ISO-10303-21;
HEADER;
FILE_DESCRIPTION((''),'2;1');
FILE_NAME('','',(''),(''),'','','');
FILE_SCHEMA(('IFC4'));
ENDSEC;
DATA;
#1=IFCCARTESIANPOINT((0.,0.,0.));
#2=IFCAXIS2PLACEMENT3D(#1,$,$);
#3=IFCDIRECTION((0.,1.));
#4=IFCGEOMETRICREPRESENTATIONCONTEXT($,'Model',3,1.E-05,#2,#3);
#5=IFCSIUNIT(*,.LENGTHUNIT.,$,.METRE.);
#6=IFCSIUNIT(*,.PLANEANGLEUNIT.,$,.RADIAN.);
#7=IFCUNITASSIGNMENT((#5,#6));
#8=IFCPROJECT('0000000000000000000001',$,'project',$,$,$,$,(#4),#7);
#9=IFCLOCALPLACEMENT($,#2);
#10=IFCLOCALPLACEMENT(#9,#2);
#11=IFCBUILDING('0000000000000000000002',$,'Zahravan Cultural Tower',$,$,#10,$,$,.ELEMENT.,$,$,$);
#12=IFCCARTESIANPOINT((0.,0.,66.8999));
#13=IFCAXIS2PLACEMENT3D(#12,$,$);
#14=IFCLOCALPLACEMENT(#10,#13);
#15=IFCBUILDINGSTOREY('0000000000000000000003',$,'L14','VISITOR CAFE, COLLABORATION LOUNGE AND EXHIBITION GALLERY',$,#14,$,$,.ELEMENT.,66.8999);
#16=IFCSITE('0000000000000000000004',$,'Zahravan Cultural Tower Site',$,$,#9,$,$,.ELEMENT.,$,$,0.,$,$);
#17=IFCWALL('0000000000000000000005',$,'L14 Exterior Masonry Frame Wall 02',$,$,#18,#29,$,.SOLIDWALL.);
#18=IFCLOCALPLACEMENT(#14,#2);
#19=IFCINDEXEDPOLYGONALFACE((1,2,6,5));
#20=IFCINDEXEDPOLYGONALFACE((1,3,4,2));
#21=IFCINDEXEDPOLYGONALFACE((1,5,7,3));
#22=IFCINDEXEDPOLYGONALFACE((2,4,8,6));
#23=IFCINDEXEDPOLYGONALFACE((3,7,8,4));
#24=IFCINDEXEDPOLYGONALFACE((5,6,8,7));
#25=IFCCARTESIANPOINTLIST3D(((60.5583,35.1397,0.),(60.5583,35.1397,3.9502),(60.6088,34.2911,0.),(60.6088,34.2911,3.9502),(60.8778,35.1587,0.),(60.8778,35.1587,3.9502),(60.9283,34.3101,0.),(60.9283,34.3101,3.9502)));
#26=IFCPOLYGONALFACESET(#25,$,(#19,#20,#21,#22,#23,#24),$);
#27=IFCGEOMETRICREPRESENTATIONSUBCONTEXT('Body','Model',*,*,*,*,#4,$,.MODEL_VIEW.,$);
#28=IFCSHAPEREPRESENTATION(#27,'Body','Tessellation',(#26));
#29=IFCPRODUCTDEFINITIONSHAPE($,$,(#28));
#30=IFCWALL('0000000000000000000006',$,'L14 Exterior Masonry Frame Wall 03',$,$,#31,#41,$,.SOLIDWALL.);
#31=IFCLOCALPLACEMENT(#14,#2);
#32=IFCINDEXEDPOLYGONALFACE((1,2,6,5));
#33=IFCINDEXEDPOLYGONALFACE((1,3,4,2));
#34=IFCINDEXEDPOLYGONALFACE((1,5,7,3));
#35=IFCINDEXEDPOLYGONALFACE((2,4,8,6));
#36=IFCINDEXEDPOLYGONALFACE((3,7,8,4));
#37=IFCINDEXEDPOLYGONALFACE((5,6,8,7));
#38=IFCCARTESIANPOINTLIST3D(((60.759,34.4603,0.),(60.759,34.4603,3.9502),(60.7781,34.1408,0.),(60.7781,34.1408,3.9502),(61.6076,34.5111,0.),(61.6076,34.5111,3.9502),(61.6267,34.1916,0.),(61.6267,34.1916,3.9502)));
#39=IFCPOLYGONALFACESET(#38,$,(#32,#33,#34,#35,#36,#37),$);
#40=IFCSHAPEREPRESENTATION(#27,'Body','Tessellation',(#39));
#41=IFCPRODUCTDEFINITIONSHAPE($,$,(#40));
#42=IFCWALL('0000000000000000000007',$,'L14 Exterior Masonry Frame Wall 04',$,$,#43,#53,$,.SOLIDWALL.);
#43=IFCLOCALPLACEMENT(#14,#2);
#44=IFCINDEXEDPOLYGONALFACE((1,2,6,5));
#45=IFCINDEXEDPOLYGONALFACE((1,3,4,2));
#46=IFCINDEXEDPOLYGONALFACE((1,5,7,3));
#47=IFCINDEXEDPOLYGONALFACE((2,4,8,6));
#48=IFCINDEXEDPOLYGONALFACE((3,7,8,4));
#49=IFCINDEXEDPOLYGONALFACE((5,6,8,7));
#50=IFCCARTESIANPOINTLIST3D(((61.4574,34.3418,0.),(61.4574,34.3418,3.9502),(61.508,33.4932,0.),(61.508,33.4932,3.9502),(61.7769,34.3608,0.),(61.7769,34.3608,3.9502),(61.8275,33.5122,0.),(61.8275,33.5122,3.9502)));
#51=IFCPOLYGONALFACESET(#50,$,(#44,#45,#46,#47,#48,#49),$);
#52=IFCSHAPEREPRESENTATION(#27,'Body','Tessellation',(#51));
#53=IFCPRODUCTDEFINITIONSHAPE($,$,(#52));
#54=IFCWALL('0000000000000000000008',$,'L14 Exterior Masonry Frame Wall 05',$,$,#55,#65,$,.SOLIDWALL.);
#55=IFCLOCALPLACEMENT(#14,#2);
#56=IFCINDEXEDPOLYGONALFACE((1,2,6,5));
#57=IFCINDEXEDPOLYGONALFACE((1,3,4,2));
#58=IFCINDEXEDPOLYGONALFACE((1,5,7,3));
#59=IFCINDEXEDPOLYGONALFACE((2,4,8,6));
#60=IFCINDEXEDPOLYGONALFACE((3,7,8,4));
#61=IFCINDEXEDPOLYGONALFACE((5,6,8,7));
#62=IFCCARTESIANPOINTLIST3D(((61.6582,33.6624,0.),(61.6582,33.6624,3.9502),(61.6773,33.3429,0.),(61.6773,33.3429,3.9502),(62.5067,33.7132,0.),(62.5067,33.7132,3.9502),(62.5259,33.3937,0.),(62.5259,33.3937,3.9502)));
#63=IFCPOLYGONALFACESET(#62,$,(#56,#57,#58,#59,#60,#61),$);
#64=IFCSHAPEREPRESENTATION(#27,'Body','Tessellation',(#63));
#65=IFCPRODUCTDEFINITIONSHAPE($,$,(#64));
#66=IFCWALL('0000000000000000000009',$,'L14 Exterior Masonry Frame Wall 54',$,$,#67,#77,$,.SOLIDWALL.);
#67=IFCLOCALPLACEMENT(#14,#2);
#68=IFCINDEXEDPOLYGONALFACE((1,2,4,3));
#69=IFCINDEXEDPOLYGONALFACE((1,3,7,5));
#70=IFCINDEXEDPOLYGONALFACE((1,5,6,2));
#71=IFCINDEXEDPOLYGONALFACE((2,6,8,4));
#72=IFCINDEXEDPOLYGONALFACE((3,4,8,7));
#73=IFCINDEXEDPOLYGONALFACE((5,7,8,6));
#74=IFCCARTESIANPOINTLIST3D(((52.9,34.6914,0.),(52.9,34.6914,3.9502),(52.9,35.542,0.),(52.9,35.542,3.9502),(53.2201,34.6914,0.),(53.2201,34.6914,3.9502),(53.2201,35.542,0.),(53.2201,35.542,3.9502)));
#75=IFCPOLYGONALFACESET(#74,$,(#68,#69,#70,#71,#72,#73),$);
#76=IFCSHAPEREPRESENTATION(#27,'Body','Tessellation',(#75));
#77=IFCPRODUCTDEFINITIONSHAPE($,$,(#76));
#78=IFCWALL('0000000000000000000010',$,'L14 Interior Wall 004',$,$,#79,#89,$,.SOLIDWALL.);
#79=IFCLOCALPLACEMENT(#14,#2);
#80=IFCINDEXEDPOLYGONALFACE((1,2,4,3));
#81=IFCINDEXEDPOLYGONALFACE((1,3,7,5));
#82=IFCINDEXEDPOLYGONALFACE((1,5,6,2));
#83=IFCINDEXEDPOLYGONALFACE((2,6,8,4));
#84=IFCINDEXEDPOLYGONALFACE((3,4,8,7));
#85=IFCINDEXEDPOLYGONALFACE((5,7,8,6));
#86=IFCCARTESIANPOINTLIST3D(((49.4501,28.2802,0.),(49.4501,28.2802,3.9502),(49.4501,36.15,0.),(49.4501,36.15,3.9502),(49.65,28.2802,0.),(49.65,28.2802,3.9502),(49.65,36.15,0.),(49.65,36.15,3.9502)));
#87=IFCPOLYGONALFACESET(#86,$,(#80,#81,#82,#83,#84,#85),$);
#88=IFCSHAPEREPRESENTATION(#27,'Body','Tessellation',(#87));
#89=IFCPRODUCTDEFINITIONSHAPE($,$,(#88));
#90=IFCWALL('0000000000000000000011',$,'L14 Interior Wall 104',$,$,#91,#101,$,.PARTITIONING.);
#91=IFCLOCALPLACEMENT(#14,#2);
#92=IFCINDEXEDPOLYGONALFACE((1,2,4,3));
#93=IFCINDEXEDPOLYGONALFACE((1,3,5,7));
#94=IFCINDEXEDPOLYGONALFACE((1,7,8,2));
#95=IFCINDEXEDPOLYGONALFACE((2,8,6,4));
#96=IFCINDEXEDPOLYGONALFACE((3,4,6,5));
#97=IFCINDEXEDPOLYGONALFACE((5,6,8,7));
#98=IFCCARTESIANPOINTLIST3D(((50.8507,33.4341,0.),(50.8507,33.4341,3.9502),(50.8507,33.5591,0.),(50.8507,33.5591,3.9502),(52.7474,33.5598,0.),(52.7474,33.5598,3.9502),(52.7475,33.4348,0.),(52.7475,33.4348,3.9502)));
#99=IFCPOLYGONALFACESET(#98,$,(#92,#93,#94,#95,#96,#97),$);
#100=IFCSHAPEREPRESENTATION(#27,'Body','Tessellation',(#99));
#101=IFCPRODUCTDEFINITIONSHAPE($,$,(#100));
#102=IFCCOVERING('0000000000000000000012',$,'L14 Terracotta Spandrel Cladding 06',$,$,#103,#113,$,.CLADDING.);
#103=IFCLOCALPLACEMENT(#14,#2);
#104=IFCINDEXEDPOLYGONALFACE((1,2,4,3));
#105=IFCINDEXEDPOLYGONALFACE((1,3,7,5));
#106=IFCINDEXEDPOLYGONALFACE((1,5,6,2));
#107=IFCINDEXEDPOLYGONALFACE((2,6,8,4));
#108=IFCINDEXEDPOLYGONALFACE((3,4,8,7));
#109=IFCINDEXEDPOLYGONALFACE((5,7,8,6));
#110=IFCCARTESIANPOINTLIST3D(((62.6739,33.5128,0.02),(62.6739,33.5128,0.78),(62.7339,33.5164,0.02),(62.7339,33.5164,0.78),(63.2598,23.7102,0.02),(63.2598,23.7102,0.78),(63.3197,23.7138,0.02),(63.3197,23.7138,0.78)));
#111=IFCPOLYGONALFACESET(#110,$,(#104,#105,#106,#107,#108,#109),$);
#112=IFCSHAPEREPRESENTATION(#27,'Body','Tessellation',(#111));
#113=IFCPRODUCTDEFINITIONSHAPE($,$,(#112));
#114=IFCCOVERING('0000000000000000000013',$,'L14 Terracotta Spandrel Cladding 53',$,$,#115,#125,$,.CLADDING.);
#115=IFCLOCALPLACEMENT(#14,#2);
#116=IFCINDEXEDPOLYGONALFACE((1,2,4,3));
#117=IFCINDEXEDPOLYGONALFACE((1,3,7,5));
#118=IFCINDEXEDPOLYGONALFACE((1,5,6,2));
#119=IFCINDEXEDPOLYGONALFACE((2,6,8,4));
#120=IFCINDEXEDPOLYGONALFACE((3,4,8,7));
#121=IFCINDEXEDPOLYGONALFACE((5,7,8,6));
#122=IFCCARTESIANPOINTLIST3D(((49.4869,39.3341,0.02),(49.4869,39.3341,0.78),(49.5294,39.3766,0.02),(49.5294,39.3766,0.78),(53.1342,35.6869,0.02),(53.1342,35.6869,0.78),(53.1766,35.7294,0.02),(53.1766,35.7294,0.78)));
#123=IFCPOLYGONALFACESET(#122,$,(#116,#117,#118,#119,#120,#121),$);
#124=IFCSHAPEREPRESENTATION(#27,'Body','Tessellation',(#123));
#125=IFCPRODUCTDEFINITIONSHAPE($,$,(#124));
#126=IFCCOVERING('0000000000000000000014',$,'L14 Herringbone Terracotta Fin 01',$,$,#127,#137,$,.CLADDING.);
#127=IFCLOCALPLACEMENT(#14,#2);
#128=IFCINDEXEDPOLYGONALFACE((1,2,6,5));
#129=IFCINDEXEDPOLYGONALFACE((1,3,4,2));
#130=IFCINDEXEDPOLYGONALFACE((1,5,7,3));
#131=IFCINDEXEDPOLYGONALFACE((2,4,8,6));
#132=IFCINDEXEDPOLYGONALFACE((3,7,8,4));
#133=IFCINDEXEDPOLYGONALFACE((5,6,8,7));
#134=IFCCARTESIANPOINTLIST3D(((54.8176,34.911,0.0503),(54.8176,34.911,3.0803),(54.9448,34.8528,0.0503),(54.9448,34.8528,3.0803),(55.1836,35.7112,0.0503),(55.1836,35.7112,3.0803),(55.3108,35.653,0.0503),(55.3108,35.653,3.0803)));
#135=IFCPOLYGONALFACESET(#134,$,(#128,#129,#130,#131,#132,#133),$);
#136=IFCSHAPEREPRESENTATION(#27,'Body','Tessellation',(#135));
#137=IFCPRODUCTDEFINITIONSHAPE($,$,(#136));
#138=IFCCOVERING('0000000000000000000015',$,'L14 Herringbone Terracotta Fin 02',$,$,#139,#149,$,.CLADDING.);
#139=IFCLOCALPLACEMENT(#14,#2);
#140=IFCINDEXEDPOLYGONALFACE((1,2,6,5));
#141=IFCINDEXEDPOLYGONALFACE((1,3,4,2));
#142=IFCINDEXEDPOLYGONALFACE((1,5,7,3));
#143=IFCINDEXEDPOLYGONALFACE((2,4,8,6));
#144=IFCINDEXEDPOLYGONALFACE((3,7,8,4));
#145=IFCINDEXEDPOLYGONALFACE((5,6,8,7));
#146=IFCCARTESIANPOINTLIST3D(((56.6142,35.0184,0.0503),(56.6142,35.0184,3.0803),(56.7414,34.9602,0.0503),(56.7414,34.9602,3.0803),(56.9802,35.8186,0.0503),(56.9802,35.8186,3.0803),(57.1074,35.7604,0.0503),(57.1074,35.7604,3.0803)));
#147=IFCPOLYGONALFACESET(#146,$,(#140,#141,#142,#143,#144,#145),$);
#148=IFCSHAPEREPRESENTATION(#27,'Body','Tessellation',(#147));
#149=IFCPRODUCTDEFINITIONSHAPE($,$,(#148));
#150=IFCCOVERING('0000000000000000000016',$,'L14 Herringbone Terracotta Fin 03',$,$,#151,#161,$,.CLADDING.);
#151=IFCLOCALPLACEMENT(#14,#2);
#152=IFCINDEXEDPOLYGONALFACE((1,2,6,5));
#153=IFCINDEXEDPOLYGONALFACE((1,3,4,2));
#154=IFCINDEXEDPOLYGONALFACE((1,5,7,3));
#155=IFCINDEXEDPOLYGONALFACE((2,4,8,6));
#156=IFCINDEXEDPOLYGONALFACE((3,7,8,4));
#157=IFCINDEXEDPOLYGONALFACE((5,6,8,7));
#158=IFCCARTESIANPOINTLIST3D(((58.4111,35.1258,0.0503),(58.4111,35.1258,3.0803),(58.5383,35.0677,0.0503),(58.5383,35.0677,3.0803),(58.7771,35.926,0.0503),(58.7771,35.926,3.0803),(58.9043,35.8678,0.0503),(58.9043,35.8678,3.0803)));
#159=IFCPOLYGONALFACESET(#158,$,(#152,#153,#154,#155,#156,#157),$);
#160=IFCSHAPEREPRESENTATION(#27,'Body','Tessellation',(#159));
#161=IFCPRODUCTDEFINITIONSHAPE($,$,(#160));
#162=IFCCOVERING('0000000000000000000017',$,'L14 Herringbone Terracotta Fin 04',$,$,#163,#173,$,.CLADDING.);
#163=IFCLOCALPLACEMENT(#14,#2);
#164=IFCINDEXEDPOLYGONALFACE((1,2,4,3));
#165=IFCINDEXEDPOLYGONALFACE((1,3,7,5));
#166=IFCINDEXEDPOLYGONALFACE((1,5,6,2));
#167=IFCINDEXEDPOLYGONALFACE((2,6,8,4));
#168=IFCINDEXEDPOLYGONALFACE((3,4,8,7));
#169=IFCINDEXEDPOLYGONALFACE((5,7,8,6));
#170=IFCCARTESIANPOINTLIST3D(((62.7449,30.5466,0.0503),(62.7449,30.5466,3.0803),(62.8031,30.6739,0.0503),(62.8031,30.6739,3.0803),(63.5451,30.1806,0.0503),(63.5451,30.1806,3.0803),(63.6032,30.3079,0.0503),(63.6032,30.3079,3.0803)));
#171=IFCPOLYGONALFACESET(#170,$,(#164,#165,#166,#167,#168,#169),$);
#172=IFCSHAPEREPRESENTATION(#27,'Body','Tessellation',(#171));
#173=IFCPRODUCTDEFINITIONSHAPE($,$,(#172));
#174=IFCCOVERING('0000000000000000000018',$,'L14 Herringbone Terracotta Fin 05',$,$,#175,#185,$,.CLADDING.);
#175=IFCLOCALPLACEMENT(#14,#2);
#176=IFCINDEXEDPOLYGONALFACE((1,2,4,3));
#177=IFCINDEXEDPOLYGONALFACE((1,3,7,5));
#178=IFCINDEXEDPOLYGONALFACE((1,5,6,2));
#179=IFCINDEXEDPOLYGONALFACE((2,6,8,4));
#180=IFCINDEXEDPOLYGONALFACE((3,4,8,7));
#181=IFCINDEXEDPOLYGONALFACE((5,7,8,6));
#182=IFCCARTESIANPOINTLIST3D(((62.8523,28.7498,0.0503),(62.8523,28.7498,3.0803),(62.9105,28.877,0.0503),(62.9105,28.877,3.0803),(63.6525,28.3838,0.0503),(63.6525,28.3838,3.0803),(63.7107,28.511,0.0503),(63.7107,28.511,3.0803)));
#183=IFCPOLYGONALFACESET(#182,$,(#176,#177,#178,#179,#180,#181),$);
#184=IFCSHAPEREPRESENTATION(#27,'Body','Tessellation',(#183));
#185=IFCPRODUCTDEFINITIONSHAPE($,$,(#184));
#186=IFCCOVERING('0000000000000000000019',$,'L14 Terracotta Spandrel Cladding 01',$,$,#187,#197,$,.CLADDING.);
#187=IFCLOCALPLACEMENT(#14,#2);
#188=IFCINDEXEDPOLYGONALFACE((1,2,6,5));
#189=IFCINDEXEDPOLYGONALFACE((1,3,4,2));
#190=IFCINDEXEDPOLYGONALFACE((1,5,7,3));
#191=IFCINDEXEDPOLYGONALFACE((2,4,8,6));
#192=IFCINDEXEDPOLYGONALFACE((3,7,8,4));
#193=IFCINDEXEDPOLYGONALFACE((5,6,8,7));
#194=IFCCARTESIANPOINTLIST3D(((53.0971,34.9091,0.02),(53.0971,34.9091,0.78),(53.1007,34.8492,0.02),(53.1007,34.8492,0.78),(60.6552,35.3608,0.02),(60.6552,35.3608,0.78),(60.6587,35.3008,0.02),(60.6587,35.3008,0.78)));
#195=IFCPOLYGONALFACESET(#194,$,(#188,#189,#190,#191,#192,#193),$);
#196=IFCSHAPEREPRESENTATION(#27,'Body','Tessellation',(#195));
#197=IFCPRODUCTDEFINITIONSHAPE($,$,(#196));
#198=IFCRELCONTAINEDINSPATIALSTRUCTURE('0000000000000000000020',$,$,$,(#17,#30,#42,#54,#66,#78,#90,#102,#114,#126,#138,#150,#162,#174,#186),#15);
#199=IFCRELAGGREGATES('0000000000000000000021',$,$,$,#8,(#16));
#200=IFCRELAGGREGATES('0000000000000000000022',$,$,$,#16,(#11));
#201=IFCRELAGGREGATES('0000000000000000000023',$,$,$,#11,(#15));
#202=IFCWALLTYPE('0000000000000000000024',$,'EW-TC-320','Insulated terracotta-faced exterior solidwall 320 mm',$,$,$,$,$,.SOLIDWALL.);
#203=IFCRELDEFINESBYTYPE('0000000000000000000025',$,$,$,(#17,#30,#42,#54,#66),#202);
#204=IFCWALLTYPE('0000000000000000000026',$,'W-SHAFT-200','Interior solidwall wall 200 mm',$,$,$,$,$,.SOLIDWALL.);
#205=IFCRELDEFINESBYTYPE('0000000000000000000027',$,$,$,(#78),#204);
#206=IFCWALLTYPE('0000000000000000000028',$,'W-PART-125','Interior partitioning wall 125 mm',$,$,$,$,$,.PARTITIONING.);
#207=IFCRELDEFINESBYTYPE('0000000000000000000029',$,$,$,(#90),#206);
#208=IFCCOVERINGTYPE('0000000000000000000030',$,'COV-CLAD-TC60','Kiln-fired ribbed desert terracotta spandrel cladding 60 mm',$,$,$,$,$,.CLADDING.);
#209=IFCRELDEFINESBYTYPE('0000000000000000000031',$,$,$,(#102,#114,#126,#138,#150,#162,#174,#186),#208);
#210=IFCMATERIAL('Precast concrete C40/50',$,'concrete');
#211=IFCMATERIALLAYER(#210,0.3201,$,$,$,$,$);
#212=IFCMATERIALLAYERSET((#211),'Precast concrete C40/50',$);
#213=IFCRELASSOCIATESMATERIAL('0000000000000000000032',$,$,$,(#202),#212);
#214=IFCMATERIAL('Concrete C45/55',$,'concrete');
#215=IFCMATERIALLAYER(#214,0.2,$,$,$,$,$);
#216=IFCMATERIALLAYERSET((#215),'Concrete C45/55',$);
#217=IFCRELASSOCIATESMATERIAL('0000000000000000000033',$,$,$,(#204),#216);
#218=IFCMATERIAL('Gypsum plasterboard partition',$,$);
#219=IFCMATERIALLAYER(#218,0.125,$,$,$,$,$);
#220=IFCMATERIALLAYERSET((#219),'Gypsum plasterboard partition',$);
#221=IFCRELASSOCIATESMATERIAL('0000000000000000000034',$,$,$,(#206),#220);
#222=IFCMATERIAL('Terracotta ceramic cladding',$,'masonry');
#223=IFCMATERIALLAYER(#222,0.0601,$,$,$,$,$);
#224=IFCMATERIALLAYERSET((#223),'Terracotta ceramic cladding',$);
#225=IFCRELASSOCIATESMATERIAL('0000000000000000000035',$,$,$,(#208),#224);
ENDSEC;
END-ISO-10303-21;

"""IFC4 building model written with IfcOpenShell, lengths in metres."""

from ifc_helpers import new_model, si_unit, direction, frame, frame_2d, origin, origin_2d, place, context, subcontext, project, spatial, rectangle, extrude, source, transform, mapped, material, layer, layer_set, type_object, element, save


model = new_model("IFC4")

# Units and contexts
model_context = context("Model", 3, precision=1e-05, world=origin(), true_north=direction((0.0, 1.0)))
body_context = subcontext(model_context, "Body", "Model", "MODEL_VIEW")
ifc_project = project(units=[si_unit("LENGTHUNIT", "METRE"), si_unit("PLANEANGLEUNIT", "RADIAN")], contexts=[model_context])

# Site, building, storey
site_placement = place(None, origin())
site = spatial("IfcSite", under=ifc_project, at=site_placement, Name="Zahravan Cultural Tower Site", CompositionType="ELEMENT", RefElevation=0.0)
building_placement = place(site_placement, origin())
building = spatial("IfcBuilding", under=site, at=building_placement, Name="Zahravan Cultural Tower", CompositionType="ELEMENT")
storey_placement = place(building_placement, frame((0.0, 0.0, 66.8999)))
storey = spatial("IfcBuildingStorey", under=building, at=storey_placement, Name="L14", Description="VISITOR CAFE, COLLABORATION LOUNGE AND EXHIBITION GALLERY", CompositionType="ELEMENT", Elevation=66.8999)

# Shared definitions
ifc_material_1 = material(Name="Precast concrete C40/50", Category="concrete")
ifc_layer_1 = layer(ifc_material_1, 0.3201)
ifc_layer_set_1 = layer_set([ifc_layer_1], Name="Precast concrete C40/50")
wall_type_1 = type_object("IfcWallType", Name="EW-TC-320", Description="Insulated terracotta-faced exterior solidwall 320 mm", PredefinedType="SOLIDWALL", material=ifc_layer_set_1)

# Walls
shared_shape_1 = source(origin(), body_context, "Body", "SweptSolid", [
    extrude(rectangle(XDim=0.8501, YDim=0.3201, at=frame_2d((0.425, 0.0))), origin(), (0.0, 0.0, 1.0), 3.9502),
])
for number, where, z_axis, x_axis, name in (
    (1, (60.718, 35.1492, 0.0), (0.0, 0.0, 1.0), (0.059446, -0.998232, 0.0), "L14 Exterior Masonry Frame Wall 02"),
    (2, (60.7686, 34.3005, 0.0), (0.0, 0.0, 1.0), (0.998214, 0.059732, 0.0), "L14 Exterior Masonry Frame Wall 03"),
    (3, (61.6172, 34.3513, 0.0), (0.0, 0.0, 1.0), (0.059446, -0.998232, 0.0), "L14 Exterior Masonry Frame Wall 04"),
    (4, (61.6677, 33.5027, 0.0), (0.0, 0.0, 1.0), (0.998214, 0.059732, 0.0), "L14 Exterior Masonry Frame Wall 05"),
):
    element("IfcWall", number, at=place(storey_placement, frame(where, z_axis=z_axis, x_axis=x_axis)), inside=storey, type_object=wall_type_1, Name=name, PredefinedType="SOLIDWALL", context=body_context, shape_type="MappedRepresentation", body=[
        mapped(shared_shape_1, transform((0.0, 0.0, 0.0), x_axis=(1.0, 0.0, 0.0), y_axis=(0.0, 1.0, 0.0), z_axis=(0.0, 0.0, 1.0), scale=1.0)),
    ])
shared_shape_2 = source(origin(), body_context, "Body", "SweptSolid", [
    extrude(rectangle(XDim=0.8506, YDim=0.3201, at=frame_2d((0.4253, 0.0))), origin(), (0.0, 0.0, 1.0), 3.9502),
])
wall_1_placement = place(storey_placement, frame((53.0601, 35.542, 0.0), z_axis=(0.0, 0.0, 1.0), x_axis=(0.0, -1.0, 0.0)))
element("IfcWall", 5, at=wall_1_placement, inside=storey, type_object=wall_type_1, Name="L14 Exterior Masonry Frame Wall 54", PredefinedType="SOLIDWALL", context=body_context, shape_type="MappedRepresentation", body=[
    mapped(shared_shape_2, transform((0.0, 0.0, 0.0), x_axis=(1.0, 0.0, 0.0), y_axis=(0.0, 1.0, 0.0), z_axis=(0.0, 0.0, 1.0), scale=1.0)),
])
ifc_material_2 = material(Name="Concrete C45/55", Category="concrete")
ifc_layer_2 = layer(ifc_material_2, 0.2)
ifc_layer_set_2 = layer_set([ifc_layer_2], Name="Concrete C45/55")
wall_type_2 = type_object("IfcWallType", Name="W-SHAFT-200", Description="Interior solidwall wall 200 mm", PredefinedType="SOLIDWALL", material=ifc_layer_set_2)
shared_shape_3 = source(origin(), body_context, "Body", "SweptSolid", [
    extrude(rectangle(XDim=7.8699, YDim=0.2, at=frame_2d((3.9351, 0.0))), origin(), (0.0, 0.0, 1.0), 3.9502),
])
wall_2_placement = place(storey_placement, frame((49.55, 28.28, 0.0), z_axis=(0.0, 0.0, 1.0), x_axis=(0.0, 1.0, 0.0)))
element("IfcWall", 6, at=wall_2_placement, inside=storey, type_object=wall_type_2, Name="L14 Interior Wall 004", PredefinedType="SOLIDWALL", context=body_context, shape_type="MappedRepresentation", body=[
    mapped(shared_shape_3, transform((0.0, 0.0, 0.0), x_axis=(1.0, 0.0, 0.0), y_axis=(0.0, 1.0, 0.0), z_axis=(0.0, 0.0, 1.0), scale=1.0)),
])
ifc_material_3 = material(Name="Gypsum plasterboard partition")
ifc_layer_3 = layer(ifc_material_3, 0.125)
ifc_layer_set_3 = layer_set([ifc_layer_3], Name="Gypsum plasterboard partition")
wall_type_3 = type_object("IfcWallType", Name="W-PART-125", Description="Interior partitioning wall 125 mm", PredefinedType="PARTITIONING", material=ifc_layer_set_3)
shared_shape_4 = source(origin(), body_context, "Body", "SweptSolid", [
    extrude(rectangle(XDim=1.8967, YDim=0.125, at=frame_2d((0.9482, 0.0))), origin(), (0.0, 0.0, 1.0), 3.9502),
])
wall_3_placement = place(storey_placement, frame((52.7473, 33.4973, 0.0), z_axis=(0.0, 0.0, 1.0), x_axis=(-1.0, -0.000386, 0.0)))
element("IfcWall", 7, at=wall_3_placement, inside=storey, type_object=wall_type_3, Name="L14 Interior Wall 104", PredefinedType="PARTITIONING", context=body_context, shape_type="MappedRepresentation", body=[
    mapped(shared_shape_4, transform((0.0, 0.0, 0.0), x_axis=(1.0, 0.0, 0.0), y_axis=(0.0, 1.0, 0.0), z_axis=(0.0, 0.0, 1.0), scale=1.0)),
])

# Coverings
ifc_material_4 = material(Name="Terracotta ceramic cladding", Category="masonry")
ifc_layer_4 = layer(ifc_material_4, 0.0601)
ifc_layer_set_4 = layer_set([ifc_layer_4], Name="Terracotta ceramic cladding")
covering_type = type_object("IfcCoveringType", Name="COV-CLAD-TC60", Description="Kiln-fired ribbed desert terracotta spandrel cladding 60 mm", PredefinedType="CLADDING", material=ifc_layer_set_4)
shared_shape_5 = source(origin(), body_context, "Body", "SweptSolid", [
    extrude(rectangle(XDim=9.8201, YDim=0.0601, at=origin_2d()), origin(), (0.0, 0.0, 1.0), 0.76),
])
covering_1_placement = place(storey_placement, frame((62.9968, 28.6133, 0.02), z_axis=(0.0, 0.0, 1.0), x_axis=(0.059655, -0.998219, 0.0)))
element("IfcCovering", 8, at=covering_1_placement, inside=storey, type_object=covering_type, Name="L14 Terracotta Spandrel Cladding 06", PredefinedType="CLADDING", context=body_context, shape_type="MappedRepresentation", body=[
    mapped(shared_shape_5, transform((0.0, 0.0, 0.0), x_axis=(1.0, 0.0, 0.0), y_axis=(0.0, 1.0, 0.0), z_axis=(0.0, 0.0, 1.0), scale=1.0)),
])
shared_shape_6 = source(origin(), body_context, "Body", "SweptSolid", [
    extrude(rectangle(XDim=5.158, YDim=0.0601, at=origin_2d()), origin(), (0.0, 0.0, 1.0), 0.76),
])
covering_2_placement = place(storey_placement, frame((51.3318, 37.5317, 0.02), z_axis=(0.0, 0.0, 1.0), x_axis=(0.707107, -0.707107, 0.0)))
element("IfcCovering", 9, at=covering_2_placement, inside=storey, type_object=covering_type, Name="L14 Terracotta Spandrel Cladding 53", PredefinedType="CLADDING", context=body_context, shape_type="MappedRepresentation", body=[
    mapped(shared_shape_6, transform((0.0, 0.0, 0.0), x_axis=(1.0, 0.0, 0.0), y_axis=(0.0, 1.0, 0.0), z_axis=(0.0, 0.0, 1.0), scale=1.0)),
])
shared_shape_7 = source(origin(), body_context, "Body", "SweptSolid", [
    extrude(rectangle(XDim=0.8799, YDim=0.1399, at=origin_2d()), origin(), (0.0, 0.0, 1.0), 3.03),
])
for number, where, z_axis, x_axis, name in (
    (10, (55.0642, 35.282, 0.0503), (0.0, 0.0, 1.0), (0.415963, 0.909381, 0.0), "L14 Herringbone Terracotta Fin 01"),
    (11, (56.8608, 35.3894, 0.0503), (0.0, 0.0, 1.0), (0.415963, 0.909381, 0.0), "L14 Herringbone Terracotta Fin 02"),
    (12, (58.6577, 35.4968, 0.0503), (0.0, 0.0, 1.0), (0.415963, 0.909381, 0.0), "L14 Herringbone Terracotta Fin 03"),
    (13, (63.1741, 30.4272, 0.0503), (0.0, 0.0, 1.0), (0.909381, -0.415963, 0.0), "L14 Herringbone Terracotta Fin 04"),
    (14, (63.2815, 28.6304, 0.0503), (0.0, 0.0, 1.0), (0.909381, -0.415963, 0.0), "L14 Herringbone Terracotta Fin 05"),
):
    element("IfcCovering", number, at=place(storey_placement, frame(where, z_axis=z_axis, x_axis=x_axis)), inside=storey, type_object=covering_type, Name=name, PredefinedType="CLADDING", context=body_context, shape_type="MappedRepresentation", body=[
        mapped(shared_shape_7, transform((0.0, 0.0, 0.0), x_axis=(1.0, 0.0, 0.0), y_axis=(0.0, 1.0, 0.0), z_axis=(0.0, 0.0, 1.0), scale=1.0)),
    ])
shared_shape_8 = source(origin(), body_context, "Body", "SweptSolid", [
    extrude(rectangle(XDim=7.5715, YDim=0.0601, at=origin_2d()), origin(), (0.0, 0.0, 1.0), 0.76),
])
covering_3_placement = place(storey_placement, frame((56.8779, 35.105, 0.02), z_axis=(0.0, 0.0, 1.0), x_axis=(0.998219, 0.059655, 0.0)))
element("IfcCovering", 15, at=covering_3_placement, inside=storey, type_object=covering_type, Name="L14 Terracotta Spandrel Cladding 01", PredefinedType="CLADDING", context=body_context, shape_type="MappedRepresentation", body=[
    mapped(shared_shape_8, transform((0.0, 0.0, 0.0), x_axis=(1.0, 0.0, 0.0), y_axis=(0.0, 1.0, 0.0), z_axis=(0.0, 0.0, 1.0), scale=1.0)),
])

save(model, "model.ifc")
